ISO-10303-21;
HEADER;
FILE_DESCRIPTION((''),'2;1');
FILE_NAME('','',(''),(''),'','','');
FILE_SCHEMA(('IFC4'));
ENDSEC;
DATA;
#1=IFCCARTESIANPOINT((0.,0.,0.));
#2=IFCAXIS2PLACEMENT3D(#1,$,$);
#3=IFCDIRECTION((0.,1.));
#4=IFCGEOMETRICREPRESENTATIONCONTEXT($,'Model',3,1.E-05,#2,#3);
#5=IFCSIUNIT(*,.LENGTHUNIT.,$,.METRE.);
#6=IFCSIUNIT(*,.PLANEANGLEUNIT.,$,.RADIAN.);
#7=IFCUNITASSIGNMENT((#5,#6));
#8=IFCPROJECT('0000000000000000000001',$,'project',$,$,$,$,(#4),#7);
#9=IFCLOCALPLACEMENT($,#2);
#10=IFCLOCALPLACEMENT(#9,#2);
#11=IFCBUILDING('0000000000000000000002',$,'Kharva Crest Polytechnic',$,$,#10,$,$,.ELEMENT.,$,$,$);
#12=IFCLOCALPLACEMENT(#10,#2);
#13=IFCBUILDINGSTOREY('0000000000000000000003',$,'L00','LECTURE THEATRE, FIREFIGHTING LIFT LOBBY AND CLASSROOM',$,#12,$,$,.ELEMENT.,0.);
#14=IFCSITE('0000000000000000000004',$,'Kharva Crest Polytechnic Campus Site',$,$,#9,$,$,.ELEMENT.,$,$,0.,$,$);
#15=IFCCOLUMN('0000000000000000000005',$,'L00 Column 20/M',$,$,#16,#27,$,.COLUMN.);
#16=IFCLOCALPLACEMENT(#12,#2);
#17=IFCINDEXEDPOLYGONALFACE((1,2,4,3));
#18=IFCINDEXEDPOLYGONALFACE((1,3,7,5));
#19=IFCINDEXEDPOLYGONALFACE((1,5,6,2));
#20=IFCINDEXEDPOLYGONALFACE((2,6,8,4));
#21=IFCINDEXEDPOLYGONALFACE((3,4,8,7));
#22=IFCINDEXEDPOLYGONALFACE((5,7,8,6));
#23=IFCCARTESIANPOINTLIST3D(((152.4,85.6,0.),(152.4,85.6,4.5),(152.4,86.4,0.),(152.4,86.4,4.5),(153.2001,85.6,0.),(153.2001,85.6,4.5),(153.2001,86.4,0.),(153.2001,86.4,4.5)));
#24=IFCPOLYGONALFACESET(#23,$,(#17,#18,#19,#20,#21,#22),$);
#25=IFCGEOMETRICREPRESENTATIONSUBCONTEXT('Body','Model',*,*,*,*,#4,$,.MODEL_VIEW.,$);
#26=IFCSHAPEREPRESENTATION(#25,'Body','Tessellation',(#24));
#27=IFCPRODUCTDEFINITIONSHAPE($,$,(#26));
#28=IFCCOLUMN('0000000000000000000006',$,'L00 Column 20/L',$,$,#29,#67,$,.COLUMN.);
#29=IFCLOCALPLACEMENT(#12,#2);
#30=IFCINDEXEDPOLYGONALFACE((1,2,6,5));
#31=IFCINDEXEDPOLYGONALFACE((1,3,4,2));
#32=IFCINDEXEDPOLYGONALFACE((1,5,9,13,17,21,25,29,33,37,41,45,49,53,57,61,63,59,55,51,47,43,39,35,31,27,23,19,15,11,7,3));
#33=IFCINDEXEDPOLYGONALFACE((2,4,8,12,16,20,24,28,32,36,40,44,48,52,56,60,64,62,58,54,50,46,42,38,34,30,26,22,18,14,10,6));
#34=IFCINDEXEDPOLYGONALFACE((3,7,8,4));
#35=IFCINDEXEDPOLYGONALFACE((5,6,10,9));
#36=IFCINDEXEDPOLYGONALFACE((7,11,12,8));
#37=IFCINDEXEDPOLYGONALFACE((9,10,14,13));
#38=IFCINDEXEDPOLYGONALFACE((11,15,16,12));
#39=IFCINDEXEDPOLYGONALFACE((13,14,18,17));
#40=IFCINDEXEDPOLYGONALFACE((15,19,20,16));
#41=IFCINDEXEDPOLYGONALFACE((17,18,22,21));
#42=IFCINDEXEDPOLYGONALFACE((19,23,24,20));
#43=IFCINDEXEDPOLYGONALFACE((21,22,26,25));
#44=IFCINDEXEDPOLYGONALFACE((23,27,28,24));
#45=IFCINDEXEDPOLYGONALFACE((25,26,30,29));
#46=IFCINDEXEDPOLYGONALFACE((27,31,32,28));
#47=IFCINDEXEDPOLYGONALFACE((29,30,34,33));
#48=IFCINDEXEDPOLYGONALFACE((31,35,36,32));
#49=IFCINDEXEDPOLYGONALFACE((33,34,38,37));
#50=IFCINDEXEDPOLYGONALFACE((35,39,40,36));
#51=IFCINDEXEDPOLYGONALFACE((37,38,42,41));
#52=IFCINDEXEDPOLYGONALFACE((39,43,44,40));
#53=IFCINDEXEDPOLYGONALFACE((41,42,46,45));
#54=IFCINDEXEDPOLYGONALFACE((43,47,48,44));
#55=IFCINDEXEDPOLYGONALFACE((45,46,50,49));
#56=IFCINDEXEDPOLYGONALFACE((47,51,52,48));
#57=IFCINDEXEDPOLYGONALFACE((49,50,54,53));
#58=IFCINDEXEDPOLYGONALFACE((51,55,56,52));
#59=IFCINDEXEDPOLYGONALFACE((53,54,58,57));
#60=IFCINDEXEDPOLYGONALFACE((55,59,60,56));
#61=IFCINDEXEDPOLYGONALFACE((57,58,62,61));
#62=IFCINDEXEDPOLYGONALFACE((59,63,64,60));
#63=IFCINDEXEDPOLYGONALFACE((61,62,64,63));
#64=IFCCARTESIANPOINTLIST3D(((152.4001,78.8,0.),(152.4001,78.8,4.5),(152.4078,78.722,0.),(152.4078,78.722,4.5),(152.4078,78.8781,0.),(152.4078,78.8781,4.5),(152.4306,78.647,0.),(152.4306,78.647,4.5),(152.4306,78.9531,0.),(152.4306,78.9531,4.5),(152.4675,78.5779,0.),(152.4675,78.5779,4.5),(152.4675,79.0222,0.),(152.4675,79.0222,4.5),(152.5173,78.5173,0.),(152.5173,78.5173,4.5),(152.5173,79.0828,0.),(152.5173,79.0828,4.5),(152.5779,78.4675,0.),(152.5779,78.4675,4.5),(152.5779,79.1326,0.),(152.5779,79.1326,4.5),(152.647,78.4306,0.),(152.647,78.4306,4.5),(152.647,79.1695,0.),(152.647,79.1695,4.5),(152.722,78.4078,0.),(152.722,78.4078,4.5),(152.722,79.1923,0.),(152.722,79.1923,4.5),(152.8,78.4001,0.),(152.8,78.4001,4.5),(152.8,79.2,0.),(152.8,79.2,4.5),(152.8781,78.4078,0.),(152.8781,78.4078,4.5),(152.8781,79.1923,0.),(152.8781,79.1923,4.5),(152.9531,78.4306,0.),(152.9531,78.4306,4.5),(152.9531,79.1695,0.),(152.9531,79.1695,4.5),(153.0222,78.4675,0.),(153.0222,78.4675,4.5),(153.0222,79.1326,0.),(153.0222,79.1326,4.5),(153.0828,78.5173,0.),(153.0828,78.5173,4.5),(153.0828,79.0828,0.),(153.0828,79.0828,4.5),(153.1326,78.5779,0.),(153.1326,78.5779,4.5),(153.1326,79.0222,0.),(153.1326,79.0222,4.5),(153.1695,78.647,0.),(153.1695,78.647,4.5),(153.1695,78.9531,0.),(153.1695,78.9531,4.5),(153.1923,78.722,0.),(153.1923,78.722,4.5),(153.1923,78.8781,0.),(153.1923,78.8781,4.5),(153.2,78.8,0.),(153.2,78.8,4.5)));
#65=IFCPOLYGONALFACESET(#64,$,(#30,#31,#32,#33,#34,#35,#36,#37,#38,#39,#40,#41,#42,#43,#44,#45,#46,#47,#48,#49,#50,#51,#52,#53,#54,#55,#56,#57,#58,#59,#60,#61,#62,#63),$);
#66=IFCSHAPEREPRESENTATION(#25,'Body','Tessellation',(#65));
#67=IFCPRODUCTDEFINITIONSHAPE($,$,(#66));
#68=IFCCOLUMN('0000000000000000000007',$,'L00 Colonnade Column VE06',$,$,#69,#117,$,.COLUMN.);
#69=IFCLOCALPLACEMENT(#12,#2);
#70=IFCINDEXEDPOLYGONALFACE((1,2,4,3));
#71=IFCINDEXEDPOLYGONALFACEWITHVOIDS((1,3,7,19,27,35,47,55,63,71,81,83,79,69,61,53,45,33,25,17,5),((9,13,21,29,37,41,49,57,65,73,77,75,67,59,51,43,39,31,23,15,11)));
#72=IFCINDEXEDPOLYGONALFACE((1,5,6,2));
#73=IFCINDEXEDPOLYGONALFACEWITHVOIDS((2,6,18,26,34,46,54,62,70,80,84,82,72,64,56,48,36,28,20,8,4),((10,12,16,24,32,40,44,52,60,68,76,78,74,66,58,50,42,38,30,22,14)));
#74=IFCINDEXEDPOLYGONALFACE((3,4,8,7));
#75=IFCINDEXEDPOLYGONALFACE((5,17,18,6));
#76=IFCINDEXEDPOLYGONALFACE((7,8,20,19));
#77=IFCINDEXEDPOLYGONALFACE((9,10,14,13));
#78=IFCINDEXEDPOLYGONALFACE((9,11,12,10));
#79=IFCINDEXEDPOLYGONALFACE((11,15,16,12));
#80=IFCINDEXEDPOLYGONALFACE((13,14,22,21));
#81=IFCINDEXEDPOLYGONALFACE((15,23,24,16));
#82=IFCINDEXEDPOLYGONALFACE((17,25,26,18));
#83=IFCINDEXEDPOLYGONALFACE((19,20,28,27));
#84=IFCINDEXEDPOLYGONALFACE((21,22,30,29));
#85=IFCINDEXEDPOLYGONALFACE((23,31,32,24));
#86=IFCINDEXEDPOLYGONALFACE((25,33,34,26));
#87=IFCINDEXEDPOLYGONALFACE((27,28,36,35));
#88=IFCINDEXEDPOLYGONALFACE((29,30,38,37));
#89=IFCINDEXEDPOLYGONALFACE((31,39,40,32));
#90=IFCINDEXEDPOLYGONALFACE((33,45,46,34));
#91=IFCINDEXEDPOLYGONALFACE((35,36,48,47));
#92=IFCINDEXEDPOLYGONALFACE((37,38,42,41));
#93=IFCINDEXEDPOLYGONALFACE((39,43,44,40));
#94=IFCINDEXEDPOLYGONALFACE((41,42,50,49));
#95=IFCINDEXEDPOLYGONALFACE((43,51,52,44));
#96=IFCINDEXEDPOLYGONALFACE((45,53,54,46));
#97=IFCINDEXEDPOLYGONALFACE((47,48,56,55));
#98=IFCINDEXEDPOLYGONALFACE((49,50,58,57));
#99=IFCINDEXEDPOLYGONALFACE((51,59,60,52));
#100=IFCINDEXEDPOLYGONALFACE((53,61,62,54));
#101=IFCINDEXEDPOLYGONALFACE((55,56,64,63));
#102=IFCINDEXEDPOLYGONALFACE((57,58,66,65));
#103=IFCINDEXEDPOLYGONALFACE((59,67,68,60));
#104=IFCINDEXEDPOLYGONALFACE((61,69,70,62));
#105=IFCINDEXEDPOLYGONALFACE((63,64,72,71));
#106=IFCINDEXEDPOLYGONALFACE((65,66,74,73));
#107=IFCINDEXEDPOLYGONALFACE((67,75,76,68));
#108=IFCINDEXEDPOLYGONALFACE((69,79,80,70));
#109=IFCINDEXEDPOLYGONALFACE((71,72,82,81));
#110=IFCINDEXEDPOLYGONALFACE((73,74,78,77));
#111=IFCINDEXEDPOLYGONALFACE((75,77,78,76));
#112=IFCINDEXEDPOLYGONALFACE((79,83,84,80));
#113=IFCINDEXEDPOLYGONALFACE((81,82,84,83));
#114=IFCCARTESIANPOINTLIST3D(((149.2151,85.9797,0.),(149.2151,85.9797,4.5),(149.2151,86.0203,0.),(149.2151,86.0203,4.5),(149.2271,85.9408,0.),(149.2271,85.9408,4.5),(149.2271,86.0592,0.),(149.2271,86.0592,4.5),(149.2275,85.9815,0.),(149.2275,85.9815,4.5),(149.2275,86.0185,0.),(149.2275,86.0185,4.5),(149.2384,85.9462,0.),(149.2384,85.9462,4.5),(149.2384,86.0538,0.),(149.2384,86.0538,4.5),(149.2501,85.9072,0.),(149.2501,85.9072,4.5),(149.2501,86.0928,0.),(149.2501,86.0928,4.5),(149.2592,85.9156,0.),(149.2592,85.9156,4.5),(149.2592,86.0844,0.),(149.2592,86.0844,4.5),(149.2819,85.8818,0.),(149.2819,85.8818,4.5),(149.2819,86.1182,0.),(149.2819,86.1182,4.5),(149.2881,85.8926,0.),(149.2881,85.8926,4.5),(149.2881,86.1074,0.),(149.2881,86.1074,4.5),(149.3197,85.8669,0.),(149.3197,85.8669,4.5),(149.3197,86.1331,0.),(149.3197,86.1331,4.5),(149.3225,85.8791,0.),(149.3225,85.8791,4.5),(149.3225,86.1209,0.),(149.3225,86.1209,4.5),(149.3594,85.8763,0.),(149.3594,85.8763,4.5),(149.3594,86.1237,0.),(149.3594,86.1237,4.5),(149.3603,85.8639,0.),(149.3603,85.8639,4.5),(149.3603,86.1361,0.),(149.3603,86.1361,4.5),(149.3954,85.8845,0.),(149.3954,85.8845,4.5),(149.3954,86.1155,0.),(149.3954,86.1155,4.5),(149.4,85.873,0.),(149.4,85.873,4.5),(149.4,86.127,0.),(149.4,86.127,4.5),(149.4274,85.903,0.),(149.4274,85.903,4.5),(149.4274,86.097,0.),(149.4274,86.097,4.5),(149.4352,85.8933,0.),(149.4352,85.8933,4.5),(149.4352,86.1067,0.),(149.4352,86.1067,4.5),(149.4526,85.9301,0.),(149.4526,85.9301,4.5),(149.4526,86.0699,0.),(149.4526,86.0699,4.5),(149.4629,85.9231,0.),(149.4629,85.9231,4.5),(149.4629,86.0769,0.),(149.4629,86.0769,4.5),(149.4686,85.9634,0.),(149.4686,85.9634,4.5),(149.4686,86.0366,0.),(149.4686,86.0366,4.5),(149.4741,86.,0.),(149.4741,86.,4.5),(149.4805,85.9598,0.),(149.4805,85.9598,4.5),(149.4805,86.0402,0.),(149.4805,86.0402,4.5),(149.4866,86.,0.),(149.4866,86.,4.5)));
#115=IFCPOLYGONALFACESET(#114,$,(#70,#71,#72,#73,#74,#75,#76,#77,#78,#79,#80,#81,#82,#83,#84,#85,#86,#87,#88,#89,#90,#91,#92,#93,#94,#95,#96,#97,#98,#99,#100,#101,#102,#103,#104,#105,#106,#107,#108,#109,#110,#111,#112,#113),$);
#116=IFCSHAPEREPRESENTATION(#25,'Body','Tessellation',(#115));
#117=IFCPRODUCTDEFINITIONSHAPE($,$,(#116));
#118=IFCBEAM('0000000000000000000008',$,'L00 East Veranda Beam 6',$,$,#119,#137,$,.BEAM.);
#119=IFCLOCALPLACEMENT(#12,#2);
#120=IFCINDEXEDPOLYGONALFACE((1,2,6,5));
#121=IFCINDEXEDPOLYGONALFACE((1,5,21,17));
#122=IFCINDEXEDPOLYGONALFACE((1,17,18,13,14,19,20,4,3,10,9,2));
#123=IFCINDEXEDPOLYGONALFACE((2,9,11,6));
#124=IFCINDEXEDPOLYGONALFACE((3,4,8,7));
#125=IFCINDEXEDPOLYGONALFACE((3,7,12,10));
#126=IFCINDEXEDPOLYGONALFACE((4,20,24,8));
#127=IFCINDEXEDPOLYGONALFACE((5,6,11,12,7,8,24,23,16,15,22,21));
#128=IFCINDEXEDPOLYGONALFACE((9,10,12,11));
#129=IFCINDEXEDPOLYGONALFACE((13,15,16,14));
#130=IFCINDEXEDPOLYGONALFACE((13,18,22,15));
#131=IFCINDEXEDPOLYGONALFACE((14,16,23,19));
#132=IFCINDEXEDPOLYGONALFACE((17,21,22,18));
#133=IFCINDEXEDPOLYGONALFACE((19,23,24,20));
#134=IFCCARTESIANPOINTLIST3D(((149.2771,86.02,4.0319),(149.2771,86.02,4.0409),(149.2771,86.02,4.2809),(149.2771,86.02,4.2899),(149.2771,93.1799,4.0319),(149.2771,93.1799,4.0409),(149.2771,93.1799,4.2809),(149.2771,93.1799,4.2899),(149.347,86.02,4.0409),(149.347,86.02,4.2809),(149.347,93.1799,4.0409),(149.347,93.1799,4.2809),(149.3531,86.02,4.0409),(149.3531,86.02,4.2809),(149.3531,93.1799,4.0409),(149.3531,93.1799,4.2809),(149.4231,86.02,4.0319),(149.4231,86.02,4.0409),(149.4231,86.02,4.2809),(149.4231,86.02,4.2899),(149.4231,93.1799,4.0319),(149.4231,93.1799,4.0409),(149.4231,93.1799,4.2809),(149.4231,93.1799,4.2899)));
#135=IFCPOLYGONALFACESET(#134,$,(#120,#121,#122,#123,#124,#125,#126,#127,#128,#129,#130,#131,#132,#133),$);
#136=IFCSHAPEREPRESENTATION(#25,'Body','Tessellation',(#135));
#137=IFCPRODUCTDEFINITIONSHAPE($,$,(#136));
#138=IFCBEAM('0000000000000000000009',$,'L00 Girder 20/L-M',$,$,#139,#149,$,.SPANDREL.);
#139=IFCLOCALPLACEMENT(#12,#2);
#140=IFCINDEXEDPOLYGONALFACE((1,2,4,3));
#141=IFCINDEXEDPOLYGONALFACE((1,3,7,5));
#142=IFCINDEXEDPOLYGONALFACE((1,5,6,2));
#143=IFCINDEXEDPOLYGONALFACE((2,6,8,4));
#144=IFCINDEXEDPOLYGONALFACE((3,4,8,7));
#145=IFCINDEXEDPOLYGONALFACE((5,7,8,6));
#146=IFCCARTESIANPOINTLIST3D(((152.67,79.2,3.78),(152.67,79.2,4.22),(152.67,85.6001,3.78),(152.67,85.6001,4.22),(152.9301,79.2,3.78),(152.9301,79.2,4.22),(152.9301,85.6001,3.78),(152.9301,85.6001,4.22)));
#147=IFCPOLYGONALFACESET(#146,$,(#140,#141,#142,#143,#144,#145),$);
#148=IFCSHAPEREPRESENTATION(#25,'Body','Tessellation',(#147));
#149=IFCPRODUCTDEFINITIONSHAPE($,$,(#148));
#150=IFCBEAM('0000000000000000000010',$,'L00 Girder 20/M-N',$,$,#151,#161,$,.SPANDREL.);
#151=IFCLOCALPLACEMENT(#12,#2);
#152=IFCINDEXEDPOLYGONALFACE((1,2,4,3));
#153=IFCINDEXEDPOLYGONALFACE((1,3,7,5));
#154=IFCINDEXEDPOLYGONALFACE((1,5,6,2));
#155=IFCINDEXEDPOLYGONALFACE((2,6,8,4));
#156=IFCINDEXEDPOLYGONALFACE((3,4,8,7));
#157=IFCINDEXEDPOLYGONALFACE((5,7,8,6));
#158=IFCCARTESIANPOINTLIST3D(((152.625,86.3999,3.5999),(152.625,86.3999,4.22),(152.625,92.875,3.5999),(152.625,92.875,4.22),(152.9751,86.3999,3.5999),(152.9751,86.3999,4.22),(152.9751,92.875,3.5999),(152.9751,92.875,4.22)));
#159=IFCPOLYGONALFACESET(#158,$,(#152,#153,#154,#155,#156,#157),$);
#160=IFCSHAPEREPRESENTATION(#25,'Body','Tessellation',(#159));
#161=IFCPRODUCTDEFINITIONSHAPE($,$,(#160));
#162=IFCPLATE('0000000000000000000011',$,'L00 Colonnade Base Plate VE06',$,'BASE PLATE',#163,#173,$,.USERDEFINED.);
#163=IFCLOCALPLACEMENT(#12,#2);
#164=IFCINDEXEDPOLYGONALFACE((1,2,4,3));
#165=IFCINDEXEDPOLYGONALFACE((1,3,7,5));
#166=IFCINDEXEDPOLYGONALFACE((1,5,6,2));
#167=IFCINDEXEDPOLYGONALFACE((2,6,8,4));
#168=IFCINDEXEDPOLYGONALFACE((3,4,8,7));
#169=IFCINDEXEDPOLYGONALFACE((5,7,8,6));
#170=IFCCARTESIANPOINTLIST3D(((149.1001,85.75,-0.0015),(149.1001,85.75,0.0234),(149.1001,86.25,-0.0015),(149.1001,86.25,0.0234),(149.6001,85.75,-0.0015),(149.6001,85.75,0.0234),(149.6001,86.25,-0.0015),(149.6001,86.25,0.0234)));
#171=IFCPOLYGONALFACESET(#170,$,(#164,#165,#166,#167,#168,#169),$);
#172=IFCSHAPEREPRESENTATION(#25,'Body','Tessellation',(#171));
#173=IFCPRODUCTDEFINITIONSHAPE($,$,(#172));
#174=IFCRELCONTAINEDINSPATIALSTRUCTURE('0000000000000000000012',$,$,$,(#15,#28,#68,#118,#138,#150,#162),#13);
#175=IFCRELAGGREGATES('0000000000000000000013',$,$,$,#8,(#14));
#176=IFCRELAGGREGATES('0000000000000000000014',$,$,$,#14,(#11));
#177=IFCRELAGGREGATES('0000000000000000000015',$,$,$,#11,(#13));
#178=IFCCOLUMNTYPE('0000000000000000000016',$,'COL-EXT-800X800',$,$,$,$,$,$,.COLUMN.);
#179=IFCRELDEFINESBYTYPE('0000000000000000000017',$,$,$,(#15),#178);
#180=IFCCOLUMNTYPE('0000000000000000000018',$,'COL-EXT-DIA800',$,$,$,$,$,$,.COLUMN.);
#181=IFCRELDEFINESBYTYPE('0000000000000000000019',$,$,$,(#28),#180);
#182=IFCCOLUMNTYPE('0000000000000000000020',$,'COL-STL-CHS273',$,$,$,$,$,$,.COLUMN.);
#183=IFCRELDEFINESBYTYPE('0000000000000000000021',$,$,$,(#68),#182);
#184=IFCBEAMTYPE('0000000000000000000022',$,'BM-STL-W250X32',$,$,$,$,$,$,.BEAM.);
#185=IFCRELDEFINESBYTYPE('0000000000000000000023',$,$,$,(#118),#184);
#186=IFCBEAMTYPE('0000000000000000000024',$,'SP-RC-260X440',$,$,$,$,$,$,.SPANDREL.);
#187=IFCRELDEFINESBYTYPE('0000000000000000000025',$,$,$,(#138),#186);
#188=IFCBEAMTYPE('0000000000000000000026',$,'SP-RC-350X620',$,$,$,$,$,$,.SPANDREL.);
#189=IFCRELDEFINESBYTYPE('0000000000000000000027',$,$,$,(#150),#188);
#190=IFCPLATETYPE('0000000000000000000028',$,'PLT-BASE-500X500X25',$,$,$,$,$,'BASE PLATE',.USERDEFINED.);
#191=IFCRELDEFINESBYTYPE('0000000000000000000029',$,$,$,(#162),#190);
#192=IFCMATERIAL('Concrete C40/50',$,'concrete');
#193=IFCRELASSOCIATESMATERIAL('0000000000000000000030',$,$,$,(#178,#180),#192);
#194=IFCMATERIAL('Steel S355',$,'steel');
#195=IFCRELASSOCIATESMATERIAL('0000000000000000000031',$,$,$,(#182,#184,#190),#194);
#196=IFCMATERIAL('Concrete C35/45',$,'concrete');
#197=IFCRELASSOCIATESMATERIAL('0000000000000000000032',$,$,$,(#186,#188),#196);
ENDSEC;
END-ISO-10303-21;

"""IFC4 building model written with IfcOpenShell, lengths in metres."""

from ifc_helpers import new_model, si_unit, direction, frame, origin, origin_2d, place, context, subcontext, project, spatial, rectangle, circle, hollow_circle, i_section, extrude, material, material_profile, profile_set, type_object, element, save


model = new_model("IFC4")

# Units and contexts
model_context = context("Model", 3, precision=1e-05, world=origin(), true_north=direction((0.0, 1.0)))
body_context = subcontext(model_context, "Body", "Model", "MODEL_VIEW")
ifc_project = project(units=[si_unit("LENGTHUNIT", "METRE"), si_unit("PLANEANGLEUNIT", "RADIAN")], contexts=[model_context])

# Site, building, storey
site_placement = place(None, origin())
site = spatial("IfcSite", under=ifc_project, at=site_placement, Name="Kharva Crest Polytechnic Campus Site", CompositionType="ELEMENT", RefElevation=0.0)
building_placement = place(site_placement, origin())
building = spatial("IfcBuilding", under=site, at=building_placement, Name="Kharva Crest Polytechnic", CompositionType="ELEMENT")
storey_placement = place(building_placement, origin())
storey = spatial("IfcBuildingStorey", under=building, at=storey_placement, Name="L00", Description="LECTURE THEATRE, FIREFIGHTING LIFT LOBBY AND CLASSROOM", CompositionType="ELEMENT", Elevation=0.0)

# Shared definitions
ifc_material_1 = material(Name="Concrete C35/45", Category="concrete")

# Columns
ifc_material_2 = material(Name="Concrete C40/50", Category="concrete")
ifc_material_profile_1 = material_profile(ifc_material_2, rectangle(XDim=0.8, YDim=0.8, at=origin_2d()), Name="RECT 800 X 800")
ifc_profile_set_1 = profile_set([ifc_material_profile_1], Name="Concrete C40/50")
column_type_1 = type_object("IfcColumnType", Name="COL-EXT-800X800", PredefinedType="COLUMN", material=ifc_profile_set_1)
column_1_placement = place(storey_placement, frame((152.8, 86.0, 0.0), z_axis=(0.0, 0.0, 1.0), x_axis=(1.0, 0.0, 0.0)))
element("IfcColumn", 1, at=column_1_placement, inside=storey, type_object=column_type_1, Name="L00 Column 20/M", PredefinedType="COLUMN", context=body_context, shape_type="SweptSolid", body=[
    extrude(rectangle(XDim=0.8, YDim=0.8, at=origin_2d()), origin(), (0.0, 0.0, 1.0), 4.5),
])
ifc_material_profile_2 = material_profile(ifc_material_2, circle(Radius=0.3999, at=origin_2d()), Name="DIA 800")
ifc_profile_set_2 = profile_set([ifc_material_profile_2], Name="Concrete C40/50")
column_type_2 = type_object("IfcColumnType", Name="COL-EXT-DIA800", PredefinedType="COLUMN", material=ifc_profile_set_2)
column_2_placement = place(storey_placement, frame((152.8, 78.8, 0.0), z_axis=(0.0, 0.0, 1.0), x_axis=(1.0, 0.0, 0.0)))
element("IfcColumn", 2, at=column_2_placement, inside=storey, type_object=column_type_2, Name="L00 Column 20/L", PredefinedType="COLUMN", context=body_context, shape_type="SweptSolid", body=[
    extrude(circle(Radius=0.3999, at=origin_2d()), origin(), (0.0, 0.0, 1.0), 4.5),
])
ifc_material_3 = material(Name="Steel S355", Category="steel")
ifc_material_profile_3 = material_profile(ifc_material_3, hollow_circle(Radius=0.1365, WallThickness=0.0125, at=origin_2d()), Name="CHS 273.0X12.5")
ifc_profile_set_3 = profile_set([ifc_material_profile_3], Name="Steel S355")
column_type_3 = type_object("IfcColumnType", Name="COL-STL-CHS273", PredefinedType="COLUMN", material=ifc_profile_set_3)
column_3_placement = place(storey_placement, frame((149.3501, 86.0, 0.0), z_axis=(0.0, 0.0, 1.0), x_axis=(1.0, 0.0, 0.0)))
element("IfcColumn", 3, at=column_3_placement, inside=storey, type_object=column_type_3, Name="L00 Colonnade Column VE06", PredefinedType="COLUMN", context=body_context, shape_type="SweptSolid", body=[
    extrude(hollow_circle(Radius=0.1365, WallThickness=0.0125, at=origin_2d()), origin(), (0.0, 0.0, 1.0), 4.5),
])

# Beams
ifc_material_profile_4 = material_profile(ifc_material_3, i_section(OverallWidth=0.146, OverallDepth=0.2581, WebThickness=0.0061, FlangeThickness=0.009, at=origin_2d()), Name="W250X32.7")
ifc_profile_set_4 = profile_set([ifc_material_profile_4], Name="Steel S355")
beam_type_1 = type_object("IfcBeamType", Name="BM-STL-W250X32", PredefinedType="BEAM", material=ifc_profile_set_4)
beam_1_placement = place(storey_placement, frame((149.3501, 86.02, 4.1609), z_axis=(0.0, 1.0, 0.0), x_axis=(-1.0, 0.0, 0.0)))
element("IfcBeam", 4, at=beam_1_placement, inside=storey, type_object=beam_type_1, Name="L00 East Veranda Beam 6", PredefinedType="BEAM", context=body_context, shape_type="SweptSolid", body=[
    extrude(i_section(OverallWidth=0.146, OverallDepth=0.2581, WebThickness=0.0061, FlangeThickness=0.009, at=origin_2d()), origin(), (0.0, 0.0, 1.0), 7.1599),
])
ifc_material_profile_5 = material_profile(ifc_material_1, rectangle(XDim=0.26, YDim=0.4399, at=origin_2d()), Name="RECT 260 X 440")
ifc_profile_set_5 = profile_set([ifc_material_profile_5], Name="Concrete C35/45")
beam_type_2 = type_object("IfcBeamType", Name="SP-RC-260X440", PredefinedType="SPANDREL", material=ifc_profile_set_5)
beam_2_placement = place(storey_placement, frame((152.8, 79.2, 4.0), z_axis=(0.0, 1.0, 0.0), x_axis=(-1.0, 0.0, 0.0)))
element("IfcBeam", 5, at=beam_2_placement, inside=storey, type_object=beam_type_2, Name="L00 Girder 20/L-M", PredefinedType="SPANDREL", context=body_context, shape_type="SweptSolid", body=[
    extrude(rectangle(XDim=0.26, YDim=0.4399, at=origin_2d()), origin(), (0.0, 0.0, 1.0), 6.4001),
])
ifc_material_profile_6 = material_profile(ifc_material_1, rectangle(XDim=0.3501, YDim=0.6201, at=origin_2d()), Name="RECT 350 X 620")
ifc_profile_set_6 = profile_set([ifc_material_profile_6], Name="Concrete C35/45")
beam_type_3 = type_object("IfcBeamType", Name="SP-RC-350X620", PredefinedType="SPANDREL", material=ifc_profile_set_6)
beam_3_placement = place(storey_placement, frame((152.8, 86.3999, 3.9099), z_axis=(0.0, 1.0, 0.0), x_axis=(-1.0, 0.0, 0.0)))
element("IfcBeam", 6, at=beam_3_placement, inside=storey, type_object=beam_type_3, Name="L00 Girder 20/M-N", PredefinedType="SPANDREL", context=body_context, shape_type="SweptSolid", body=[
    extrude(rectangle(XDim=0.3501, YDim=0.6201, at=origin_2d()), origin(), (0.0, 0.0, 1.0), 6.4751),
])

# Plate
plate_type = type_object("IfcPlateType", Name="PLT-BASE-500X500X25", ElementType="BASE PLATE", PredefinedType="USERDEFINED", material=ifc_material_3)
plate_placement = place(storey_placement, frame((149.3501, 86.0, -0.0015), z_axis=(0.0, 0.0, 1.0), x_axis=(1.0, 0.0, 0.0)))
element("IfcPlate", 7, at=plate_placement, inside=storey, type_object=plate_type, Name="L00 Colonnade Base Plate VE06", ObjectType="BASE PLATE", PredefinedType="USERDEFINED", context=body_context, shape_type="SweptSolid", body=[
    extrude(rectangle(XDim=0.5, YDim=0.5, at=origin_2d()), origin(), (0.0, 0.0, 1.0), 0.0249),
])

save(model, "model.ifc")
